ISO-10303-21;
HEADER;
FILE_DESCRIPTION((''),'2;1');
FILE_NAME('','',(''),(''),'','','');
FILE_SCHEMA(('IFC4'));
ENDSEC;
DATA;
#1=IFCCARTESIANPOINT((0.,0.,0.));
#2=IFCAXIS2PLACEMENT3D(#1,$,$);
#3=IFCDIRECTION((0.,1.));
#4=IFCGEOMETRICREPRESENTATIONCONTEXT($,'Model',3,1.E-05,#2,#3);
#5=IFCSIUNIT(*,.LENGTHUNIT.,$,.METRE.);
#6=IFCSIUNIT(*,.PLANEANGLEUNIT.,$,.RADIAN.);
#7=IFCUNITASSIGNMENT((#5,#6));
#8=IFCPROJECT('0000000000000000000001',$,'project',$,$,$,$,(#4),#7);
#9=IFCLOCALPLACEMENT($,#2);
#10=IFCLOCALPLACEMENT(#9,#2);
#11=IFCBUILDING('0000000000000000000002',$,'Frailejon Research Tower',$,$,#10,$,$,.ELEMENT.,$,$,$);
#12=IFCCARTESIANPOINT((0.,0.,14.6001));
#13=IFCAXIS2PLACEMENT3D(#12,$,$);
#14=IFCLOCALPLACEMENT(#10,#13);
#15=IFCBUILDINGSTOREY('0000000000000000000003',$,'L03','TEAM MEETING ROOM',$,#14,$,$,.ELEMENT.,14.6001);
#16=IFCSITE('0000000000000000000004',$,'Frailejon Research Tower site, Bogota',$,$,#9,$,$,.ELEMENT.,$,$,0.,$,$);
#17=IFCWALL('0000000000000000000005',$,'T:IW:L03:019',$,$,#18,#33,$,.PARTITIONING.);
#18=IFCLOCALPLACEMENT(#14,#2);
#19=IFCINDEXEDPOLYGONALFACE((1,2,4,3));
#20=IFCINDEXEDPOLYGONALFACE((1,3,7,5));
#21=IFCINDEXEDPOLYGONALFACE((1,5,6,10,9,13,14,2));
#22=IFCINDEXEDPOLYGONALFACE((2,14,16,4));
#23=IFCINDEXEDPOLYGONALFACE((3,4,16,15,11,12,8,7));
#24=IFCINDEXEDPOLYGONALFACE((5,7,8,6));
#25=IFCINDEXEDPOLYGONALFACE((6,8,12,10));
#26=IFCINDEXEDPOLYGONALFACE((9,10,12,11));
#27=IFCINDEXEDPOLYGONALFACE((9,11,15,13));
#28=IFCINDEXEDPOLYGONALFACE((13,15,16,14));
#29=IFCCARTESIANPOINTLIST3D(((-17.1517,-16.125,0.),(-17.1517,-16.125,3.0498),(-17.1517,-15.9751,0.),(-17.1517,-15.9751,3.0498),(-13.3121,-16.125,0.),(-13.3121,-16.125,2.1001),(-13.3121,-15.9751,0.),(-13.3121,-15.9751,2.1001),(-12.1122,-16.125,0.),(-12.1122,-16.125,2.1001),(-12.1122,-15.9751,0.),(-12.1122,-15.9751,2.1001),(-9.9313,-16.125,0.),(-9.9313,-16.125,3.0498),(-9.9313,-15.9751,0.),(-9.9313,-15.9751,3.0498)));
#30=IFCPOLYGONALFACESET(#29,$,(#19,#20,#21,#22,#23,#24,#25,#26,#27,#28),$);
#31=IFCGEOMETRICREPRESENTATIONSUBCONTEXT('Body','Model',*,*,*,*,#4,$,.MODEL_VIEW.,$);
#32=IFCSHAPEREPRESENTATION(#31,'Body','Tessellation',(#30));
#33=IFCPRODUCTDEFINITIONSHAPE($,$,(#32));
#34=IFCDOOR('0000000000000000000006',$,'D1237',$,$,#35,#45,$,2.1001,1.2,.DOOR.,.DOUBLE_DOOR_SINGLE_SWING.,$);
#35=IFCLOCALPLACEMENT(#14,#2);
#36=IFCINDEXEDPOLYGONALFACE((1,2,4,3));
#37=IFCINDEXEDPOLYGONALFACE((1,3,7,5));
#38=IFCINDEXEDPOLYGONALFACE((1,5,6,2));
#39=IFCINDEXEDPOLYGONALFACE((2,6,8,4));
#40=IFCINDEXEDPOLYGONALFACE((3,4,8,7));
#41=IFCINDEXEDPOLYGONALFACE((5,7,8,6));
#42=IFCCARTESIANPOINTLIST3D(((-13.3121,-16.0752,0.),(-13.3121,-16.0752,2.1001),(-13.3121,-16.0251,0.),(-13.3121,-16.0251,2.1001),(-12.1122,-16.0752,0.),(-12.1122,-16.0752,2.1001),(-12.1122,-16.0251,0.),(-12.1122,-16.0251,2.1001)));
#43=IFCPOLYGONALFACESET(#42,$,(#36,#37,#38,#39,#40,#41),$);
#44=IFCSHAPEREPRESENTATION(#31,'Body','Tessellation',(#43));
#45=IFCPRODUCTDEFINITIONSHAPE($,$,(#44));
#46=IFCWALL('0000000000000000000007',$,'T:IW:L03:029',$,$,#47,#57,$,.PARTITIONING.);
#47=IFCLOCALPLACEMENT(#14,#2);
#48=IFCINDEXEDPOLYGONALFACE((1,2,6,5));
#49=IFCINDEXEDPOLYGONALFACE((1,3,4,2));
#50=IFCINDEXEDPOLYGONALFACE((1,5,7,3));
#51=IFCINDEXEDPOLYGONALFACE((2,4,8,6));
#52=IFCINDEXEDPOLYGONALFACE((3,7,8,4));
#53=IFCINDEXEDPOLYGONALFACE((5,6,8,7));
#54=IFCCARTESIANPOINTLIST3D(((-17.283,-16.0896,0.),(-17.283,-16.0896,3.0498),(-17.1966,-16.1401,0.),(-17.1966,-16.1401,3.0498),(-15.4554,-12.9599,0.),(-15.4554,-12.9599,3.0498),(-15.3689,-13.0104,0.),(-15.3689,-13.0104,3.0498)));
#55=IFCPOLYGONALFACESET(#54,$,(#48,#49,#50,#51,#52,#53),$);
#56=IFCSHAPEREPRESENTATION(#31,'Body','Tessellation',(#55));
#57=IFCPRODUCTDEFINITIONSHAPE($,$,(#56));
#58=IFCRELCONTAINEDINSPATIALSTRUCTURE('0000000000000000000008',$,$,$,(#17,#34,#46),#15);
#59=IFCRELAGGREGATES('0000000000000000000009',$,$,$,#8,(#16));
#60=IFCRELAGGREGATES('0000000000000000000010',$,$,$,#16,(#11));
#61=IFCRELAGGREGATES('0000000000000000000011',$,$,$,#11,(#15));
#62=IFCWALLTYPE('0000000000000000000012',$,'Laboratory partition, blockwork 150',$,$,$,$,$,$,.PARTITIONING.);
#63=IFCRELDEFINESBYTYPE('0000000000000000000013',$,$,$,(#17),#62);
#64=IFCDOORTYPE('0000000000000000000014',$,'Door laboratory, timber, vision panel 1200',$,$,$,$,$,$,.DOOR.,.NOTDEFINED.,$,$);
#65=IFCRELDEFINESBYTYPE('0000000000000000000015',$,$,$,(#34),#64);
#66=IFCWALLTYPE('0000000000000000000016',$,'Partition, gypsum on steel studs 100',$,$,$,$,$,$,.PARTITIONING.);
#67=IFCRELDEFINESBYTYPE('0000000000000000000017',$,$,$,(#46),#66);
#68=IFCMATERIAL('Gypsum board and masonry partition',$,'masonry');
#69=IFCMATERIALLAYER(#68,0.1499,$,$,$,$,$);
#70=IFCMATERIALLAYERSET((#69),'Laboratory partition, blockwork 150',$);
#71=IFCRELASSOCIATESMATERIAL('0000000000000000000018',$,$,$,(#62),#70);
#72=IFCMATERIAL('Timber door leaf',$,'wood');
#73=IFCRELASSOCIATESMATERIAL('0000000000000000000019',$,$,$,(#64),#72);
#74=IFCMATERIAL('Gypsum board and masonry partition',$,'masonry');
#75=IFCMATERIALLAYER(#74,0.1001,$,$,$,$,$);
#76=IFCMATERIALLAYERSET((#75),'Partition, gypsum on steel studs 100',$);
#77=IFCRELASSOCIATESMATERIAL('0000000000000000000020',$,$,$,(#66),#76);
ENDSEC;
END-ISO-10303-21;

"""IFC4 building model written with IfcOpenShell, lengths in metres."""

from ifc_helpers import new_model, si_unit, direction, frame, frame_2d, origin, place, context, subcontext, project, spatial, rectangle, extrude, material, layer, layer_set, type_object, element, fill, save


model = new_model("IFC4")

# Units and contexts
model_context = context("Model", 3, precision=1e-05, world=origin(), true_north=direction((0.0, 1.0)))
body_context = subcontext(model_context, "Body", "Model", "MODEL_VIEW")
ifc_project = project(units=[si_unit("LENGTHUNIT", "METRE"), si_unit("PLANEANGLEUNIT", "RADIAN")], contexts=[model_context])

# Site, building, storey
site_placement = place(None, origin())
site = spatial("IfcSite", under=ifc_project, at=site_placement, Name="Frailejon Research Tower site, Bogota", CompositionType="ELEMENT", RefElevation=0.0)
building_placement = place(site_placement, origin())
building = spatial("IfcBuilding", under=site, at=building_placement, Name="Frailejon Research Tower", CompositionType="ELEMENT")
storey_placement = place(building_placement, frame((0.0, 0.0, 14.6001)))
storey = spatial("IfcBuildingStorey", under=building, at=storey_placement, Name="L03", Description="TEAM MEETING ROOM", CompositionType="ELEMENT", Elevation=14.6001)

# Wall, opening, door
ifc_material_1 = material(Name="Gypsum board and masonry partition", Category="masonry")
ifc_layer_1 = layer(ifc_material_1, 0.1499)
ifc_layer_set_1 = layer_set([ifc_layer_1], Name="Laboratory partition, blockwork 150")
wall_type_1 = type_object("IfcWallType", Name="Laboratory partition, blockwork 150", PredefinedType="PARTITIONING", material=ifc_layer_set_1)
wall_1_placement = place(storey_placement, frame((-17.1519, -16.05, 0.0), z_axis=(0.0, 0.0, 1.0), x_axis=(1.0, 0.0, 0.0)))
wall_1 = element("IfcWall", 1, at=wall_1_placement, inside=storey, type_object=wall_type_1, Name="T:IW:L03:019", PredefinedType="PARTITIONING", context=body_context, shape_type="SweptSolid", body=[
    extrude(rectangle(XDim=7.2205, YDim=0.1499, at=frame_2d((3.6104, 0.0))), origin(), (0.0, 0.0, 1.0), 3.0498),
])
opening_1_placement = place(wall_1_placement, frame((3.8396, 0.0, 0.0)))
opening_1 = element("IfcOpeningElement", 2, at=opening_1_placement, cuts=wall_1, PredefinedType="OPENING", context=body_context, shape_type="SweptSolid", body=[
    extrude(rectangle(XDim=1.2, YDim=2.1001, at=frame_2d((0.6001, 1.05))), frame((0.0, 0.085, 0.0), z_axis=(0.0, -1.0, 0.0), x_axis=(1.0, 0.0, 0.0)), (0.0, 0.0, 1.0), 0.1699),
])
ifc_material_2 = material(Name="Timber door leaf", Category="wood")
door_type_1 = type_object("IfcDoorType", Name="Door laboratory, timber, vision panel 1200", OperationType="NOTDEFINED", PredefinedType="DOOR", material=ifc_material_2)
door_1_placement = place(opening_1_placement, origin())
door_1 = element("IfcDoor", 3, at=door_1_placement, inside=storey, type_object=door_type_1, Name="D1237", OperationType="DOUBLE_DOOR_SINGLE_SWING", OverallHeight=2.1001, OverallWidth=1.2, PredefinedType="DOOR", context=body_context, shape_type="SweptSolid", body=[
    extrude(rectangle(XDim=1.2, YDim=2.1001, at=frame_2d((0.6001, 1.05))), frame((0.0, 0.0249, 0.0), z_axis=(0.0, -1.0, 0.0), x_axis=(1.0, 0.0, 0.0)), (0.0, 0.0, 1.0), 0.05),
])
fill(opening_1, door_1)

# Wall
ifc_material_3 = material(Name="Gypsum board and masonry partition", Category="masonry")
ifc_layer_2 = layer(ifc_material_3, 0.1001)
ifc_layer_set_2 = layer_set([ifc_layer_2], Name="Partition, gypsum on steel studs 100")
wall_type_2 = type_object("IfcWallType", Name="Partition, gypsum on steel studs 100", PredefinedType="PARTITIONING", material=ifc_layer_set_2)
wall_2_placement = place(storey_placement, frame((-17.2397, -16.1147, 0.0), z_axis=(0.0, 0.0, 1.0), x_axis=(0.504286, 0.863537, 0.0)))
element("IfcWall", 4, at=wall_2_placement, inside=storey, type_object=wall_type_2, Name="T:IW:L03:029", PredefinedType="PARTITIONING", context=body_context, shape_type="SweptSolid", body=[
    extrude(rectangle(XDim=3.6243, YDim=0.1001, at=frame_2d((1.812, 0.0))), origin(), (0.0, 0.0, 1.0), 3.0498),
])

save(model, "model.ifc")
